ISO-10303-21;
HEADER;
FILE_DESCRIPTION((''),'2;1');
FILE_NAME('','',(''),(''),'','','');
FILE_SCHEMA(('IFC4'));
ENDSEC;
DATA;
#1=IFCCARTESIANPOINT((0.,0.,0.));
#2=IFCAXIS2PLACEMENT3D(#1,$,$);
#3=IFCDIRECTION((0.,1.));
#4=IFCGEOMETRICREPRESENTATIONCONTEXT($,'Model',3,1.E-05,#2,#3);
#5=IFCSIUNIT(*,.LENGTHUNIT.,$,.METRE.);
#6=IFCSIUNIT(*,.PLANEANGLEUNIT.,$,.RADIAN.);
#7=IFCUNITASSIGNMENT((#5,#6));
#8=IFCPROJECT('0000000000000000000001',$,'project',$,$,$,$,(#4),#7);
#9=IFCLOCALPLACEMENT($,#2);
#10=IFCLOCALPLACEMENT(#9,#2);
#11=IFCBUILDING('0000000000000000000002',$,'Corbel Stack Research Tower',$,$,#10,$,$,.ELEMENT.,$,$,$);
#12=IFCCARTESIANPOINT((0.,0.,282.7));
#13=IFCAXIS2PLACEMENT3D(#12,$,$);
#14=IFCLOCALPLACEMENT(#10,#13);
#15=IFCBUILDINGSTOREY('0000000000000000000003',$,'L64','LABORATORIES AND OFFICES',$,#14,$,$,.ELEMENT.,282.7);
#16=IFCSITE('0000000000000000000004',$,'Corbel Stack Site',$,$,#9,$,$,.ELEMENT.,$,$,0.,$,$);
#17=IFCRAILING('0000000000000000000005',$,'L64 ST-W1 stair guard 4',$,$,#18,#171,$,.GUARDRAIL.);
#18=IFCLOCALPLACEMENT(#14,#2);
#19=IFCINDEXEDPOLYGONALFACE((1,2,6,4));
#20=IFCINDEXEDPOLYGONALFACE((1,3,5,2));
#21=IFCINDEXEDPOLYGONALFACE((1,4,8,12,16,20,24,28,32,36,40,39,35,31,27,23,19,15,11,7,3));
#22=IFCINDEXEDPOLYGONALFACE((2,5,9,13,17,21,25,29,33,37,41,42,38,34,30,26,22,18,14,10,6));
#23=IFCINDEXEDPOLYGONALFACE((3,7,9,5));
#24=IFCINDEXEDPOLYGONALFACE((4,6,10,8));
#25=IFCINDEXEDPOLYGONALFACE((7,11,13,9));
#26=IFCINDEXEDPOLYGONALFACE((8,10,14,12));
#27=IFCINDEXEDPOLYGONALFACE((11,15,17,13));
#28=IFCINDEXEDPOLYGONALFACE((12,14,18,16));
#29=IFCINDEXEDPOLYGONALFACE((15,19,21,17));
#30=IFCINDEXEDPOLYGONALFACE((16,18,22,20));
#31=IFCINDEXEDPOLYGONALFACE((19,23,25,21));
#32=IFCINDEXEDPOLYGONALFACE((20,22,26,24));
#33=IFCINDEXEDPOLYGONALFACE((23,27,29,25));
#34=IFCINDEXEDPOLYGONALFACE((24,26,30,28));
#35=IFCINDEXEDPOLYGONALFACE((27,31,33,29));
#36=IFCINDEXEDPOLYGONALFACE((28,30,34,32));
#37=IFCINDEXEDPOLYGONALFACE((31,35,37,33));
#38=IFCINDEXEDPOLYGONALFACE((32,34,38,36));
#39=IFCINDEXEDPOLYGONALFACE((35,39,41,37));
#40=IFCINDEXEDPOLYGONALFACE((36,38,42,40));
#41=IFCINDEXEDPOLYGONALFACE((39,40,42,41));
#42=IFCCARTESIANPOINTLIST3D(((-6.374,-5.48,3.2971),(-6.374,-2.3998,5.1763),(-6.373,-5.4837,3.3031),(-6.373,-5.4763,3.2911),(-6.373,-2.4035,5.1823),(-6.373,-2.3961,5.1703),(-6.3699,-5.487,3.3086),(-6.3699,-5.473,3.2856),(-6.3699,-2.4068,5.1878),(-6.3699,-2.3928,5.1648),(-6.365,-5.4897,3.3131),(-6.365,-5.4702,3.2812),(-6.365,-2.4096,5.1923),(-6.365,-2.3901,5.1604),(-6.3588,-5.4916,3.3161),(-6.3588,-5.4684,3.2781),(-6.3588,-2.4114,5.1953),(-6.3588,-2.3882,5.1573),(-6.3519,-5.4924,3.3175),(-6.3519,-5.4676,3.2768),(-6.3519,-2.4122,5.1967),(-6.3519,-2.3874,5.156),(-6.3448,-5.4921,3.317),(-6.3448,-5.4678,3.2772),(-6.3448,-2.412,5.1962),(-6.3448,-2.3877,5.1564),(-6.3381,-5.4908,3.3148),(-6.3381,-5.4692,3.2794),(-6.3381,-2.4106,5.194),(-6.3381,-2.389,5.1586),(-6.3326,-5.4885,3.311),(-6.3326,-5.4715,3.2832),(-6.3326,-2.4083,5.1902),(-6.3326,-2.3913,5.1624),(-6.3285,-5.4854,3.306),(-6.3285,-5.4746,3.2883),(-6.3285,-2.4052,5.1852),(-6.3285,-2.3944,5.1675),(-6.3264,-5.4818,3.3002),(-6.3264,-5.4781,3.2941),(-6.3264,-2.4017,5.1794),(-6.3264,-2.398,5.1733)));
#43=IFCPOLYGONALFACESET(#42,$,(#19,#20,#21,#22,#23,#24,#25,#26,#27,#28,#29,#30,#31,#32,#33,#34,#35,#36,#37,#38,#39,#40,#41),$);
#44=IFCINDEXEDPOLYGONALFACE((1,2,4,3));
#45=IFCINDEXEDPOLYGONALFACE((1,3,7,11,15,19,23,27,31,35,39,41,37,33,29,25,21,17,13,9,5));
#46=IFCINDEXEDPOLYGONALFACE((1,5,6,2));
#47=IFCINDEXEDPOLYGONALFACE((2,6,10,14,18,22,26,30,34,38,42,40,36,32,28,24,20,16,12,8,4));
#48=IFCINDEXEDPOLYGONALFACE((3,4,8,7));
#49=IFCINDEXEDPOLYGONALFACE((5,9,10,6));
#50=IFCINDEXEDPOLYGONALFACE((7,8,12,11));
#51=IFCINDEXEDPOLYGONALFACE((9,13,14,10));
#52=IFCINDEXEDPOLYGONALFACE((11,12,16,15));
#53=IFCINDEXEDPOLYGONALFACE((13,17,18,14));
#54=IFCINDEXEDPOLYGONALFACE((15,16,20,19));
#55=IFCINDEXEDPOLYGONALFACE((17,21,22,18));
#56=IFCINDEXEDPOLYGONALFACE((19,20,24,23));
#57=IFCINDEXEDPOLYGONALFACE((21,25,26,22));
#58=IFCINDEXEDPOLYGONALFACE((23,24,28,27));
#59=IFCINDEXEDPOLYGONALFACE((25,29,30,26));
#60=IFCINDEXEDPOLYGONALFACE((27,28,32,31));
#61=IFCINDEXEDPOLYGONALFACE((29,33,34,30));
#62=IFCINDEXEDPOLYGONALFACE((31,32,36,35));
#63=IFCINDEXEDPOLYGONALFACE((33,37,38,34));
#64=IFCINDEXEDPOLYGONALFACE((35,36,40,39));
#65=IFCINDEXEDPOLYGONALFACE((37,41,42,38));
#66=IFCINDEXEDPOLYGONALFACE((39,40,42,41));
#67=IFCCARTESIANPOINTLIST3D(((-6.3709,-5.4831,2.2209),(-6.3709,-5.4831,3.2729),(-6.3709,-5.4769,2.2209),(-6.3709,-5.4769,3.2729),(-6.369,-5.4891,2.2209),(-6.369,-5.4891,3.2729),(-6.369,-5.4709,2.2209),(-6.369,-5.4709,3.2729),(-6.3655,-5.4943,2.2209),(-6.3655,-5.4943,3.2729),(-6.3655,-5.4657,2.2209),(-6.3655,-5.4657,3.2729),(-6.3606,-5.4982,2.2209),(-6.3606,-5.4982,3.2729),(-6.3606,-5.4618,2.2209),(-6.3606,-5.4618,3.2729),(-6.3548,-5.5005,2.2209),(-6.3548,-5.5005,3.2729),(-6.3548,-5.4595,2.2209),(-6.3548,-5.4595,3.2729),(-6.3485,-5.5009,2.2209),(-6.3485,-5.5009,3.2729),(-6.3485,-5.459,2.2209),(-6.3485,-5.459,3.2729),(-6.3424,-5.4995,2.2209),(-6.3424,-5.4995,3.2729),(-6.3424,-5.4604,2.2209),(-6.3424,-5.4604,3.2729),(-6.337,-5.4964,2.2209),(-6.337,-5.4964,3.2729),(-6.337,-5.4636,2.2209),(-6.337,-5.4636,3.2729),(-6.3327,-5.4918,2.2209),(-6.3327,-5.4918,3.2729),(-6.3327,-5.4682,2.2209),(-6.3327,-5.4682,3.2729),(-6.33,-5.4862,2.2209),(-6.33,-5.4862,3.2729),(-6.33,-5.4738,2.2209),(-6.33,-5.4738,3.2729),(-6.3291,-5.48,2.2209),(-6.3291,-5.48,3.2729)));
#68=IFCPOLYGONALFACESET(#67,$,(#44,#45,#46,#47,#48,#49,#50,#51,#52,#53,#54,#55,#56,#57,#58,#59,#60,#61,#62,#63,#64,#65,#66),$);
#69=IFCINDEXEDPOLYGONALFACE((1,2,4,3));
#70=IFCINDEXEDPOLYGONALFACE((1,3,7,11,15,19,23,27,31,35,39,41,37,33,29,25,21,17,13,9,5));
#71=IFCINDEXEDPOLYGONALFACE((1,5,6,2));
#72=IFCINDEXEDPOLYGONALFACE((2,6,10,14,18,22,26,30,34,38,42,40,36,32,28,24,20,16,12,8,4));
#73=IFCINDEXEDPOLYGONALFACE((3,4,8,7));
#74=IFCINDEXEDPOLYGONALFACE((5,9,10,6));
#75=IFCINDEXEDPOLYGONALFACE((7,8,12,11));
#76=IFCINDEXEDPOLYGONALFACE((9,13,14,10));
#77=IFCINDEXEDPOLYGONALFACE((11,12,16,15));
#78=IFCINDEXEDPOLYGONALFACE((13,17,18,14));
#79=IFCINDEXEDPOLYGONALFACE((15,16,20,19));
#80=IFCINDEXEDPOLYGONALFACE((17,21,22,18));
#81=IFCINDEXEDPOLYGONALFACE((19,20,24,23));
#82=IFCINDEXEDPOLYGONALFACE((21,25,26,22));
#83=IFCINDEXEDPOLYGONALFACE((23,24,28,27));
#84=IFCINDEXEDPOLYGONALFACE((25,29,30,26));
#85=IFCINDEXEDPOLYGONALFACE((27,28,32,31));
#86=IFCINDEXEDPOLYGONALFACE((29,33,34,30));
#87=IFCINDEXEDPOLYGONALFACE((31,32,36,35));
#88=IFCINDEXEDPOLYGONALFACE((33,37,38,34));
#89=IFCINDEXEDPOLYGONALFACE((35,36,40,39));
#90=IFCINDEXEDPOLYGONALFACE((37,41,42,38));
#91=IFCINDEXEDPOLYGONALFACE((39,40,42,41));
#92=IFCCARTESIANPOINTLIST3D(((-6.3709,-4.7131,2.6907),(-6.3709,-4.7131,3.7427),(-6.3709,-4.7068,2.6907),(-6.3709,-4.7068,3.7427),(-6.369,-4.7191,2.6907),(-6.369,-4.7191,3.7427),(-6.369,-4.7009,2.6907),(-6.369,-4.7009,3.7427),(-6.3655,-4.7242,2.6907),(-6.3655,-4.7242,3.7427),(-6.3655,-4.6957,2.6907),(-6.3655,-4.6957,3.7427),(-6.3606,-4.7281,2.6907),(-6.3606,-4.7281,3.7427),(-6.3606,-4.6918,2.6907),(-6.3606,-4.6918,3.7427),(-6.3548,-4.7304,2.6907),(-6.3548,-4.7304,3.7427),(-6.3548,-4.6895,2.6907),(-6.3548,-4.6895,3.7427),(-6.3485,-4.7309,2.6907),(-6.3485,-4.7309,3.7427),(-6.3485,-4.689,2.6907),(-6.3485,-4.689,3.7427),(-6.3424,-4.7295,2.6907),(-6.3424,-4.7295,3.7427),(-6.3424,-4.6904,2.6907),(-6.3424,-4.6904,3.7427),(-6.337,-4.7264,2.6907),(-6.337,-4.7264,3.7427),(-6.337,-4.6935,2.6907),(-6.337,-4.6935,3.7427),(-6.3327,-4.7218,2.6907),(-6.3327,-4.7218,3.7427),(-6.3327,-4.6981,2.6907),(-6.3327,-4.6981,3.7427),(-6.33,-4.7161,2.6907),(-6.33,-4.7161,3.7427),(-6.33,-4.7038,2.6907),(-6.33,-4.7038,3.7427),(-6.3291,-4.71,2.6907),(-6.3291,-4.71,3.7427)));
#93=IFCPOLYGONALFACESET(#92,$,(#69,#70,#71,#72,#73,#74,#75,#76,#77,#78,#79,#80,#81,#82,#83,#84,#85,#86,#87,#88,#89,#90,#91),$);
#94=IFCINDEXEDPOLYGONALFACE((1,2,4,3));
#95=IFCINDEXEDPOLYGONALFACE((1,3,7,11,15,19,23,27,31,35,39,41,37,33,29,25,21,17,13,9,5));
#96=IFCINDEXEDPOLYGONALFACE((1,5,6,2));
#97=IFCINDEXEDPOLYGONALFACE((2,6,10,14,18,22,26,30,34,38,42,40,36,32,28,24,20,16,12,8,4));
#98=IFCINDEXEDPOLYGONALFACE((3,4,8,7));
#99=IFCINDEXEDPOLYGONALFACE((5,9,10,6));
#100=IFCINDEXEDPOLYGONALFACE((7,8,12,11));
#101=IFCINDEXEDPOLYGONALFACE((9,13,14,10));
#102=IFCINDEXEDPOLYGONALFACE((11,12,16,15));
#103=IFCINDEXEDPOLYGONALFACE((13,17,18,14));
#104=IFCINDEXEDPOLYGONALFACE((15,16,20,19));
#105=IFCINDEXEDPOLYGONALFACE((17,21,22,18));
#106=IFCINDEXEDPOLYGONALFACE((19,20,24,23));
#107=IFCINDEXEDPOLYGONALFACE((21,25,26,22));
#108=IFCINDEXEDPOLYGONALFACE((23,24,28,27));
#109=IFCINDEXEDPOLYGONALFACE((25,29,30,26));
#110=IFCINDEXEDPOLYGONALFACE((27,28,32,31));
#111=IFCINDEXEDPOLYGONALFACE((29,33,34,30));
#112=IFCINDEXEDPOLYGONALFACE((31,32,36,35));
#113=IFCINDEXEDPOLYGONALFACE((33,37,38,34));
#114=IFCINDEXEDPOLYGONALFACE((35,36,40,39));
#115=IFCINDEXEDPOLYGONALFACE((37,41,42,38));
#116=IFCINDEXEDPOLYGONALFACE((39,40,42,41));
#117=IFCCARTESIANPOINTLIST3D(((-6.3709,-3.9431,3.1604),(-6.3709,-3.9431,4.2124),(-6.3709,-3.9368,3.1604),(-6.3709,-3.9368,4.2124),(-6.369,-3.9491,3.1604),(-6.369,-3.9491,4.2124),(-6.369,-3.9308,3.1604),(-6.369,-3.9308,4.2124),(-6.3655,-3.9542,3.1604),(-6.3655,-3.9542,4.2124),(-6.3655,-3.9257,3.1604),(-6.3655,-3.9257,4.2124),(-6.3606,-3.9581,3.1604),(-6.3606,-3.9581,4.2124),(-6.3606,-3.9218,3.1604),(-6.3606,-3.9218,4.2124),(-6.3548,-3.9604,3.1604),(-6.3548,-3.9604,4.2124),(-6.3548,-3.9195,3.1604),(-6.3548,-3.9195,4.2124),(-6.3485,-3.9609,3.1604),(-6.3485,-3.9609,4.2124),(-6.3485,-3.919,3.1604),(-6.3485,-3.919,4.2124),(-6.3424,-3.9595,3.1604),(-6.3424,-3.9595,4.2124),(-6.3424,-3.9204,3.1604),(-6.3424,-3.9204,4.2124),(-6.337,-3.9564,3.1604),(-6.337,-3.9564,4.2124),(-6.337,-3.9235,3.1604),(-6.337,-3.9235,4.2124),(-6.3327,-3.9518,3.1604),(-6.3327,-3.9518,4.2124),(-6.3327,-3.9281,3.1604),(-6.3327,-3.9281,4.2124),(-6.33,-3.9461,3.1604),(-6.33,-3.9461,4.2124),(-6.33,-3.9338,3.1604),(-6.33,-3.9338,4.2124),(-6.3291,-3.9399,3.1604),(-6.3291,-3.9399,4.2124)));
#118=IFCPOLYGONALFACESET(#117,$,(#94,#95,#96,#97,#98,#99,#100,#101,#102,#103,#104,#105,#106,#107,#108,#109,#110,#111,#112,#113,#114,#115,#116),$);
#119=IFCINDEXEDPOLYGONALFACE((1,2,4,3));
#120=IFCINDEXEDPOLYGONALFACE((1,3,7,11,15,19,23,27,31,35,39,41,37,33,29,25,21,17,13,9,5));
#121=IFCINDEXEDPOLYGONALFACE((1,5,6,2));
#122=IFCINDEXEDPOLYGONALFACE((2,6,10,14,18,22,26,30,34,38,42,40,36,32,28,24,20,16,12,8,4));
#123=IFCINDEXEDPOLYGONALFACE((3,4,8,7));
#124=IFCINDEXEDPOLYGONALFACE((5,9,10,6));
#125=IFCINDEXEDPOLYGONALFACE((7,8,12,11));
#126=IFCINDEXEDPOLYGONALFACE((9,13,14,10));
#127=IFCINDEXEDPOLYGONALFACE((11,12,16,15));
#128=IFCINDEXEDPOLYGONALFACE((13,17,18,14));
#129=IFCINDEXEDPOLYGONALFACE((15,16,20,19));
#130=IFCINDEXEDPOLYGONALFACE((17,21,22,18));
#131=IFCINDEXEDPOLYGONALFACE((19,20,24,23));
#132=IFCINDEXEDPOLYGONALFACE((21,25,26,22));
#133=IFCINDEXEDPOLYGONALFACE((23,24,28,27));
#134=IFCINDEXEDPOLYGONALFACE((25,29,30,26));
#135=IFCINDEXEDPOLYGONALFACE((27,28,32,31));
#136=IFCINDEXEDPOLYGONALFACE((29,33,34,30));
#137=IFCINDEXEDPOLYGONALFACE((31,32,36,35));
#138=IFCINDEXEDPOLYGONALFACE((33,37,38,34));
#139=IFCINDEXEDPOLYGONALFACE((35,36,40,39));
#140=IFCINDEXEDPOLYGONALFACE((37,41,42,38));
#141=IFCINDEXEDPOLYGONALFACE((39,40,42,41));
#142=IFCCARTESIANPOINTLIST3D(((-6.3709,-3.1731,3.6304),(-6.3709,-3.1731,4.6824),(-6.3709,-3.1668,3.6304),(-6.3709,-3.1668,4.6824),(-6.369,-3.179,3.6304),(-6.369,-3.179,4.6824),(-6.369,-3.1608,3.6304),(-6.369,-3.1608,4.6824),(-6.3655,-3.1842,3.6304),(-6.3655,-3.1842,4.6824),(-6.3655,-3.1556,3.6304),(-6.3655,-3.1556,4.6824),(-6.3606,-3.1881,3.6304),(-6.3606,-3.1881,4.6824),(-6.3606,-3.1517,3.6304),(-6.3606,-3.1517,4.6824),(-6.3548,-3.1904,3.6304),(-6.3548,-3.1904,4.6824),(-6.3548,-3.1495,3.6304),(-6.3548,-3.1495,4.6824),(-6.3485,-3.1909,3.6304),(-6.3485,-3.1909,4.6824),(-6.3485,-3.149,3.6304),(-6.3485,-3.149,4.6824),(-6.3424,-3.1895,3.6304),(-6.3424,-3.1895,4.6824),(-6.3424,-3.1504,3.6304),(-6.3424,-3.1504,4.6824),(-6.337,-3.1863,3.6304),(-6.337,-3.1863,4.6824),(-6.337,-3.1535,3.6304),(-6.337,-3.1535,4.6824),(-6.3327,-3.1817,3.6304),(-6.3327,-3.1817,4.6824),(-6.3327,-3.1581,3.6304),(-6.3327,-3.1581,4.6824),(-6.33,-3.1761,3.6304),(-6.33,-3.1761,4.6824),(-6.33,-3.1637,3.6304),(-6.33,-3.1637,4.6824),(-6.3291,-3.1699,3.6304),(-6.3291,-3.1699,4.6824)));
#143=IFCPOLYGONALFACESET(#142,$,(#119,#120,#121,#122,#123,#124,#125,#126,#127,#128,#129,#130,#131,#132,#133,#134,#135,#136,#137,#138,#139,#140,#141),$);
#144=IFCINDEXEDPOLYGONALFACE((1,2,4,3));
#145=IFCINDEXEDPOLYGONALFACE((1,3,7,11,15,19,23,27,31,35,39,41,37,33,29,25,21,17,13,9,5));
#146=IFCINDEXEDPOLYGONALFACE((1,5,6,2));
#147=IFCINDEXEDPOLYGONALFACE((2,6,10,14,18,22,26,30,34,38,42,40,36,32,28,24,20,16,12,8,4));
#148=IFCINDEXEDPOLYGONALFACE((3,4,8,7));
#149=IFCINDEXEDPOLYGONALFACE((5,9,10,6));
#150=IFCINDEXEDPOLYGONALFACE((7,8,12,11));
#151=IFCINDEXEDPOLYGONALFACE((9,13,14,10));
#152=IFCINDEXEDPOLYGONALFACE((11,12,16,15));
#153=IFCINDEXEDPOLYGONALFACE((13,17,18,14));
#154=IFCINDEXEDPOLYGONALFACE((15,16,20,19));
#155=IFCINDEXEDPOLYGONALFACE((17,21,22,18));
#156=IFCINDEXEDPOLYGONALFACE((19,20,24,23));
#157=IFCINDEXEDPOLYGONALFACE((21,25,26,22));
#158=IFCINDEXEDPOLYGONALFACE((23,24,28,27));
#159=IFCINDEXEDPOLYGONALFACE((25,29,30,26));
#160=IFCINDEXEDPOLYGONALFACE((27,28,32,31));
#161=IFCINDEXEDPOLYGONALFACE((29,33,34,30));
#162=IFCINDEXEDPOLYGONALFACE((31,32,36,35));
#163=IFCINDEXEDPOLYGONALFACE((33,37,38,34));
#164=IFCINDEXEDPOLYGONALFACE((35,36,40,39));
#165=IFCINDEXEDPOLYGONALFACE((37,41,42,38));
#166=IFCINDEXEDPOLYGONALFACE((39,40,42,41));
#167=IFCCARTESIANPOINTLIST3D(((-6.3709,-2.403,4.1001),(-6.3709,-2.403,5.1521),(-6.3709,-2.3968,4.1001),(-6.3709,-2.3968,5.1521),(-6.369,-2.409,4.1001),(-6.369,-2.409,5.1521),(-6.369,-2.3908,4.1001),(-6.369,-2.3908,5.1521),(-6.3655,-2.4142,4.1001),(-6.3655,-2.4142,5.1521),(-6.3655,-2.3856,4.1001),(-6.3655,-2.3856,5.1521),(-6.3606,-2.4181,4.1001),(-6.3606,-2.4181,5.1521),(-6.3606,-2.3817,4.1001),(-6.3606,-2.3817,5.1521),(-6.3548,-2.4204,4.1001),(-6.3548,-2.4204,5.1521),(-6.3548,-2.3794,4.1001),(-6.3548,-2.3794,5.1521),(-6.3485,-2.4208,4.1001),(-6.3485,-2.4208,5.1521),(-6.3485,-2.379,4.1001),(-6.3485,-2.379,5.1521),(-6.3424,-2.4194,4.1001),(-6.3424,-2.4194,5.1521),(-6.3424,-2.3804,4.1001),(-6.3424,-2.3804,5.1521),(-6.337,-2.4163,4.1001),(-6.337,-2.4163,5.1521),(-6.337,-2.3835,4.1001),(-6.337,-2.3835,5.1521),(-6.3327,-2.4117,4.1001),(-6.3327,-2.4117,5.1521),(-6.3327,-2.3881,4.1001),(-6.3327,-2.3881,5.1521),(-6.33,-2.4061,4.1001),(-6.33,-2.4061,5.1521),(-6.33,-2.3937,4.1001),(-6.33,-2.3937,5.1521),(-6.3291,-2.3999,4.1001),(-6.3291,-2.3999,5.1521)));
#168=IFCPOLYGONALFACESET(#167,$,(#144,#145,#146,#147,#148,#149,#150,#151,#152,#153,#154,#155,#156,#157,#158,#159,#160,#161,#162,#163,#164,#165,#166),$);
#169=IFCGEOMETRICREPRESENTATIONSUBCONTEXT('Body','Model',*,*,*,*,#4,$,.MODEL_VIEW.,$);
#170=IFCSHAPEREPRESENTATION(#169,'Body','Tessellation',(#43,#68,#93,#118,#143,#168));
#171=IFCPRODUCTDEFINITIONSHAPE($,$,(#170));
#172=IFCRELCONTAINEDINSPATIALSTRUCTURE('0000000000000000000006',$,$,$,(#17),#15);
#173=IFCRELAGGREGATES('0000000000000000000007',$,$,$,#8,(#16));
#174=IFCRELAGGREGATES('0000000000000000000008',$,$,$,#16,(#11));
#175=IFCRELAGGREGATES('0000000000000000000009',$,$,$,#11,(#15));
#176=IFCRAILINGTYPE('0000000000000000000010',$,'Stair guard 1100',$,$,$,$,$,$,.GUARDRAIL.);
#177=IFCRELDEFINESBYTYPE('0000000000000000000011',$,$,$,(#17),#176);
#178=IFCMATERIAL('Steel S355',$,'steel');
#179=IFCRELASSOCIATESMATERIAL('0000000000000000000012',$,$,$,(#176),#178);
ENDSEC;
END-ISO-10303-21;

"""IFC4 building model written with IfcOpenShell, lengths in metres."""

from ifc_helpers import new_model, si_unit, direction, frame, origin, origin_2d, place, context, subcontext, project, spatial, circle, extrude, material, type_object, element, save


model = new_model("IFC4")

# Units and contexts
model_context = context("Model", 3, precision=1e-05, world=origin(), true_north=direction((0.0, 1.0)))
body_context = subcontext(model_context, "Body", "Model", "MODEL_VIEW")
ifc_project = project(units=[si_unit("LENGTHUNIT", "METRE"), si_unit("PLANEANGLEUNIT", "RADIAN")], contexts=[model_context])

# Site, building, storey
site_placement = place(None, origin())
site = spatial("IfcSite", under=ifc_project, at=site_placement, Name="Corbel Stack Site", CompositionType="ELEMENT", RefElevation=0.0)
building_placement = place(site_placement, origin())
building = spatial("IfcBuilding", under=site, at=building_placement, Name="Corbel Stack Research Tower", CompositionType="ELEMENT")
storey_placement = place(building_placement, frame((0.0, 0.0, 282.7)))
storey = spatial("IfcBuildingStorey", under=building, at=storey_placement, Name="L64", Description="LABORATORIES AND OFFICES", CompositionType="ELEMENT", Elevation=282.7)

# Railing
ifc_material_1 = material(Name="Steel S355", Category="steel")
railing_type_1 = type_object("IfcRailingType", Name="Stair guard 1100", PredefinedType="GUARDRAIL", material=ifc_material_1)
railing_1_placement = place(storey_placement, frame((-6.3501, -5.48, 2.2209)))
element("IfcRailing", 1, at=railing_1_placement, inside=storey, type_object=railing_type_1, Name="L64 ST-W1 stair guard 4", PredefinedType="GUARDRAIL", context=body_context, shape_type="SweptSolid", body=[
    extrude(circle(Radius=0.0239, at=origin_2d()), frame((0.0, 0.0, 1.0762), z_axis=(0.0, 0.853666, 0.52082), x_axis=(-1.0, 0.0, 0.0)), (0.0, 0.0, 1.0), 3.6082),
    extrude(circle(Radius=0.021, at=origin_2d()), origin(), (0.0, 0.0, 1.0), 1.052),
    extrude(circle(Radius=0.021, at=origin_2d()), frame((0.0, 0.77, 0.4697)), (0.0, 0.0, 1.0), 1.052),
    extrude(circle(Radius=0.021, at=origin_2d()), frame((0.0, 1.54, 0.9395)), (0.0, 0.0, 1.0), 1.052),
    extrude(circle(Radius=0.021, at=origin_2d()), frame((0.0, 2.3101, 1.4094)), (0.0, 0.0, 1.0), 1.052),
    extrude(circle(Radius=0.021, at=origin_2d()), frame((0.0, 3.0801, 1.8792)), (0.0, 0.0, 1.0), 1.052),
])

save(model, "model.ifc")
